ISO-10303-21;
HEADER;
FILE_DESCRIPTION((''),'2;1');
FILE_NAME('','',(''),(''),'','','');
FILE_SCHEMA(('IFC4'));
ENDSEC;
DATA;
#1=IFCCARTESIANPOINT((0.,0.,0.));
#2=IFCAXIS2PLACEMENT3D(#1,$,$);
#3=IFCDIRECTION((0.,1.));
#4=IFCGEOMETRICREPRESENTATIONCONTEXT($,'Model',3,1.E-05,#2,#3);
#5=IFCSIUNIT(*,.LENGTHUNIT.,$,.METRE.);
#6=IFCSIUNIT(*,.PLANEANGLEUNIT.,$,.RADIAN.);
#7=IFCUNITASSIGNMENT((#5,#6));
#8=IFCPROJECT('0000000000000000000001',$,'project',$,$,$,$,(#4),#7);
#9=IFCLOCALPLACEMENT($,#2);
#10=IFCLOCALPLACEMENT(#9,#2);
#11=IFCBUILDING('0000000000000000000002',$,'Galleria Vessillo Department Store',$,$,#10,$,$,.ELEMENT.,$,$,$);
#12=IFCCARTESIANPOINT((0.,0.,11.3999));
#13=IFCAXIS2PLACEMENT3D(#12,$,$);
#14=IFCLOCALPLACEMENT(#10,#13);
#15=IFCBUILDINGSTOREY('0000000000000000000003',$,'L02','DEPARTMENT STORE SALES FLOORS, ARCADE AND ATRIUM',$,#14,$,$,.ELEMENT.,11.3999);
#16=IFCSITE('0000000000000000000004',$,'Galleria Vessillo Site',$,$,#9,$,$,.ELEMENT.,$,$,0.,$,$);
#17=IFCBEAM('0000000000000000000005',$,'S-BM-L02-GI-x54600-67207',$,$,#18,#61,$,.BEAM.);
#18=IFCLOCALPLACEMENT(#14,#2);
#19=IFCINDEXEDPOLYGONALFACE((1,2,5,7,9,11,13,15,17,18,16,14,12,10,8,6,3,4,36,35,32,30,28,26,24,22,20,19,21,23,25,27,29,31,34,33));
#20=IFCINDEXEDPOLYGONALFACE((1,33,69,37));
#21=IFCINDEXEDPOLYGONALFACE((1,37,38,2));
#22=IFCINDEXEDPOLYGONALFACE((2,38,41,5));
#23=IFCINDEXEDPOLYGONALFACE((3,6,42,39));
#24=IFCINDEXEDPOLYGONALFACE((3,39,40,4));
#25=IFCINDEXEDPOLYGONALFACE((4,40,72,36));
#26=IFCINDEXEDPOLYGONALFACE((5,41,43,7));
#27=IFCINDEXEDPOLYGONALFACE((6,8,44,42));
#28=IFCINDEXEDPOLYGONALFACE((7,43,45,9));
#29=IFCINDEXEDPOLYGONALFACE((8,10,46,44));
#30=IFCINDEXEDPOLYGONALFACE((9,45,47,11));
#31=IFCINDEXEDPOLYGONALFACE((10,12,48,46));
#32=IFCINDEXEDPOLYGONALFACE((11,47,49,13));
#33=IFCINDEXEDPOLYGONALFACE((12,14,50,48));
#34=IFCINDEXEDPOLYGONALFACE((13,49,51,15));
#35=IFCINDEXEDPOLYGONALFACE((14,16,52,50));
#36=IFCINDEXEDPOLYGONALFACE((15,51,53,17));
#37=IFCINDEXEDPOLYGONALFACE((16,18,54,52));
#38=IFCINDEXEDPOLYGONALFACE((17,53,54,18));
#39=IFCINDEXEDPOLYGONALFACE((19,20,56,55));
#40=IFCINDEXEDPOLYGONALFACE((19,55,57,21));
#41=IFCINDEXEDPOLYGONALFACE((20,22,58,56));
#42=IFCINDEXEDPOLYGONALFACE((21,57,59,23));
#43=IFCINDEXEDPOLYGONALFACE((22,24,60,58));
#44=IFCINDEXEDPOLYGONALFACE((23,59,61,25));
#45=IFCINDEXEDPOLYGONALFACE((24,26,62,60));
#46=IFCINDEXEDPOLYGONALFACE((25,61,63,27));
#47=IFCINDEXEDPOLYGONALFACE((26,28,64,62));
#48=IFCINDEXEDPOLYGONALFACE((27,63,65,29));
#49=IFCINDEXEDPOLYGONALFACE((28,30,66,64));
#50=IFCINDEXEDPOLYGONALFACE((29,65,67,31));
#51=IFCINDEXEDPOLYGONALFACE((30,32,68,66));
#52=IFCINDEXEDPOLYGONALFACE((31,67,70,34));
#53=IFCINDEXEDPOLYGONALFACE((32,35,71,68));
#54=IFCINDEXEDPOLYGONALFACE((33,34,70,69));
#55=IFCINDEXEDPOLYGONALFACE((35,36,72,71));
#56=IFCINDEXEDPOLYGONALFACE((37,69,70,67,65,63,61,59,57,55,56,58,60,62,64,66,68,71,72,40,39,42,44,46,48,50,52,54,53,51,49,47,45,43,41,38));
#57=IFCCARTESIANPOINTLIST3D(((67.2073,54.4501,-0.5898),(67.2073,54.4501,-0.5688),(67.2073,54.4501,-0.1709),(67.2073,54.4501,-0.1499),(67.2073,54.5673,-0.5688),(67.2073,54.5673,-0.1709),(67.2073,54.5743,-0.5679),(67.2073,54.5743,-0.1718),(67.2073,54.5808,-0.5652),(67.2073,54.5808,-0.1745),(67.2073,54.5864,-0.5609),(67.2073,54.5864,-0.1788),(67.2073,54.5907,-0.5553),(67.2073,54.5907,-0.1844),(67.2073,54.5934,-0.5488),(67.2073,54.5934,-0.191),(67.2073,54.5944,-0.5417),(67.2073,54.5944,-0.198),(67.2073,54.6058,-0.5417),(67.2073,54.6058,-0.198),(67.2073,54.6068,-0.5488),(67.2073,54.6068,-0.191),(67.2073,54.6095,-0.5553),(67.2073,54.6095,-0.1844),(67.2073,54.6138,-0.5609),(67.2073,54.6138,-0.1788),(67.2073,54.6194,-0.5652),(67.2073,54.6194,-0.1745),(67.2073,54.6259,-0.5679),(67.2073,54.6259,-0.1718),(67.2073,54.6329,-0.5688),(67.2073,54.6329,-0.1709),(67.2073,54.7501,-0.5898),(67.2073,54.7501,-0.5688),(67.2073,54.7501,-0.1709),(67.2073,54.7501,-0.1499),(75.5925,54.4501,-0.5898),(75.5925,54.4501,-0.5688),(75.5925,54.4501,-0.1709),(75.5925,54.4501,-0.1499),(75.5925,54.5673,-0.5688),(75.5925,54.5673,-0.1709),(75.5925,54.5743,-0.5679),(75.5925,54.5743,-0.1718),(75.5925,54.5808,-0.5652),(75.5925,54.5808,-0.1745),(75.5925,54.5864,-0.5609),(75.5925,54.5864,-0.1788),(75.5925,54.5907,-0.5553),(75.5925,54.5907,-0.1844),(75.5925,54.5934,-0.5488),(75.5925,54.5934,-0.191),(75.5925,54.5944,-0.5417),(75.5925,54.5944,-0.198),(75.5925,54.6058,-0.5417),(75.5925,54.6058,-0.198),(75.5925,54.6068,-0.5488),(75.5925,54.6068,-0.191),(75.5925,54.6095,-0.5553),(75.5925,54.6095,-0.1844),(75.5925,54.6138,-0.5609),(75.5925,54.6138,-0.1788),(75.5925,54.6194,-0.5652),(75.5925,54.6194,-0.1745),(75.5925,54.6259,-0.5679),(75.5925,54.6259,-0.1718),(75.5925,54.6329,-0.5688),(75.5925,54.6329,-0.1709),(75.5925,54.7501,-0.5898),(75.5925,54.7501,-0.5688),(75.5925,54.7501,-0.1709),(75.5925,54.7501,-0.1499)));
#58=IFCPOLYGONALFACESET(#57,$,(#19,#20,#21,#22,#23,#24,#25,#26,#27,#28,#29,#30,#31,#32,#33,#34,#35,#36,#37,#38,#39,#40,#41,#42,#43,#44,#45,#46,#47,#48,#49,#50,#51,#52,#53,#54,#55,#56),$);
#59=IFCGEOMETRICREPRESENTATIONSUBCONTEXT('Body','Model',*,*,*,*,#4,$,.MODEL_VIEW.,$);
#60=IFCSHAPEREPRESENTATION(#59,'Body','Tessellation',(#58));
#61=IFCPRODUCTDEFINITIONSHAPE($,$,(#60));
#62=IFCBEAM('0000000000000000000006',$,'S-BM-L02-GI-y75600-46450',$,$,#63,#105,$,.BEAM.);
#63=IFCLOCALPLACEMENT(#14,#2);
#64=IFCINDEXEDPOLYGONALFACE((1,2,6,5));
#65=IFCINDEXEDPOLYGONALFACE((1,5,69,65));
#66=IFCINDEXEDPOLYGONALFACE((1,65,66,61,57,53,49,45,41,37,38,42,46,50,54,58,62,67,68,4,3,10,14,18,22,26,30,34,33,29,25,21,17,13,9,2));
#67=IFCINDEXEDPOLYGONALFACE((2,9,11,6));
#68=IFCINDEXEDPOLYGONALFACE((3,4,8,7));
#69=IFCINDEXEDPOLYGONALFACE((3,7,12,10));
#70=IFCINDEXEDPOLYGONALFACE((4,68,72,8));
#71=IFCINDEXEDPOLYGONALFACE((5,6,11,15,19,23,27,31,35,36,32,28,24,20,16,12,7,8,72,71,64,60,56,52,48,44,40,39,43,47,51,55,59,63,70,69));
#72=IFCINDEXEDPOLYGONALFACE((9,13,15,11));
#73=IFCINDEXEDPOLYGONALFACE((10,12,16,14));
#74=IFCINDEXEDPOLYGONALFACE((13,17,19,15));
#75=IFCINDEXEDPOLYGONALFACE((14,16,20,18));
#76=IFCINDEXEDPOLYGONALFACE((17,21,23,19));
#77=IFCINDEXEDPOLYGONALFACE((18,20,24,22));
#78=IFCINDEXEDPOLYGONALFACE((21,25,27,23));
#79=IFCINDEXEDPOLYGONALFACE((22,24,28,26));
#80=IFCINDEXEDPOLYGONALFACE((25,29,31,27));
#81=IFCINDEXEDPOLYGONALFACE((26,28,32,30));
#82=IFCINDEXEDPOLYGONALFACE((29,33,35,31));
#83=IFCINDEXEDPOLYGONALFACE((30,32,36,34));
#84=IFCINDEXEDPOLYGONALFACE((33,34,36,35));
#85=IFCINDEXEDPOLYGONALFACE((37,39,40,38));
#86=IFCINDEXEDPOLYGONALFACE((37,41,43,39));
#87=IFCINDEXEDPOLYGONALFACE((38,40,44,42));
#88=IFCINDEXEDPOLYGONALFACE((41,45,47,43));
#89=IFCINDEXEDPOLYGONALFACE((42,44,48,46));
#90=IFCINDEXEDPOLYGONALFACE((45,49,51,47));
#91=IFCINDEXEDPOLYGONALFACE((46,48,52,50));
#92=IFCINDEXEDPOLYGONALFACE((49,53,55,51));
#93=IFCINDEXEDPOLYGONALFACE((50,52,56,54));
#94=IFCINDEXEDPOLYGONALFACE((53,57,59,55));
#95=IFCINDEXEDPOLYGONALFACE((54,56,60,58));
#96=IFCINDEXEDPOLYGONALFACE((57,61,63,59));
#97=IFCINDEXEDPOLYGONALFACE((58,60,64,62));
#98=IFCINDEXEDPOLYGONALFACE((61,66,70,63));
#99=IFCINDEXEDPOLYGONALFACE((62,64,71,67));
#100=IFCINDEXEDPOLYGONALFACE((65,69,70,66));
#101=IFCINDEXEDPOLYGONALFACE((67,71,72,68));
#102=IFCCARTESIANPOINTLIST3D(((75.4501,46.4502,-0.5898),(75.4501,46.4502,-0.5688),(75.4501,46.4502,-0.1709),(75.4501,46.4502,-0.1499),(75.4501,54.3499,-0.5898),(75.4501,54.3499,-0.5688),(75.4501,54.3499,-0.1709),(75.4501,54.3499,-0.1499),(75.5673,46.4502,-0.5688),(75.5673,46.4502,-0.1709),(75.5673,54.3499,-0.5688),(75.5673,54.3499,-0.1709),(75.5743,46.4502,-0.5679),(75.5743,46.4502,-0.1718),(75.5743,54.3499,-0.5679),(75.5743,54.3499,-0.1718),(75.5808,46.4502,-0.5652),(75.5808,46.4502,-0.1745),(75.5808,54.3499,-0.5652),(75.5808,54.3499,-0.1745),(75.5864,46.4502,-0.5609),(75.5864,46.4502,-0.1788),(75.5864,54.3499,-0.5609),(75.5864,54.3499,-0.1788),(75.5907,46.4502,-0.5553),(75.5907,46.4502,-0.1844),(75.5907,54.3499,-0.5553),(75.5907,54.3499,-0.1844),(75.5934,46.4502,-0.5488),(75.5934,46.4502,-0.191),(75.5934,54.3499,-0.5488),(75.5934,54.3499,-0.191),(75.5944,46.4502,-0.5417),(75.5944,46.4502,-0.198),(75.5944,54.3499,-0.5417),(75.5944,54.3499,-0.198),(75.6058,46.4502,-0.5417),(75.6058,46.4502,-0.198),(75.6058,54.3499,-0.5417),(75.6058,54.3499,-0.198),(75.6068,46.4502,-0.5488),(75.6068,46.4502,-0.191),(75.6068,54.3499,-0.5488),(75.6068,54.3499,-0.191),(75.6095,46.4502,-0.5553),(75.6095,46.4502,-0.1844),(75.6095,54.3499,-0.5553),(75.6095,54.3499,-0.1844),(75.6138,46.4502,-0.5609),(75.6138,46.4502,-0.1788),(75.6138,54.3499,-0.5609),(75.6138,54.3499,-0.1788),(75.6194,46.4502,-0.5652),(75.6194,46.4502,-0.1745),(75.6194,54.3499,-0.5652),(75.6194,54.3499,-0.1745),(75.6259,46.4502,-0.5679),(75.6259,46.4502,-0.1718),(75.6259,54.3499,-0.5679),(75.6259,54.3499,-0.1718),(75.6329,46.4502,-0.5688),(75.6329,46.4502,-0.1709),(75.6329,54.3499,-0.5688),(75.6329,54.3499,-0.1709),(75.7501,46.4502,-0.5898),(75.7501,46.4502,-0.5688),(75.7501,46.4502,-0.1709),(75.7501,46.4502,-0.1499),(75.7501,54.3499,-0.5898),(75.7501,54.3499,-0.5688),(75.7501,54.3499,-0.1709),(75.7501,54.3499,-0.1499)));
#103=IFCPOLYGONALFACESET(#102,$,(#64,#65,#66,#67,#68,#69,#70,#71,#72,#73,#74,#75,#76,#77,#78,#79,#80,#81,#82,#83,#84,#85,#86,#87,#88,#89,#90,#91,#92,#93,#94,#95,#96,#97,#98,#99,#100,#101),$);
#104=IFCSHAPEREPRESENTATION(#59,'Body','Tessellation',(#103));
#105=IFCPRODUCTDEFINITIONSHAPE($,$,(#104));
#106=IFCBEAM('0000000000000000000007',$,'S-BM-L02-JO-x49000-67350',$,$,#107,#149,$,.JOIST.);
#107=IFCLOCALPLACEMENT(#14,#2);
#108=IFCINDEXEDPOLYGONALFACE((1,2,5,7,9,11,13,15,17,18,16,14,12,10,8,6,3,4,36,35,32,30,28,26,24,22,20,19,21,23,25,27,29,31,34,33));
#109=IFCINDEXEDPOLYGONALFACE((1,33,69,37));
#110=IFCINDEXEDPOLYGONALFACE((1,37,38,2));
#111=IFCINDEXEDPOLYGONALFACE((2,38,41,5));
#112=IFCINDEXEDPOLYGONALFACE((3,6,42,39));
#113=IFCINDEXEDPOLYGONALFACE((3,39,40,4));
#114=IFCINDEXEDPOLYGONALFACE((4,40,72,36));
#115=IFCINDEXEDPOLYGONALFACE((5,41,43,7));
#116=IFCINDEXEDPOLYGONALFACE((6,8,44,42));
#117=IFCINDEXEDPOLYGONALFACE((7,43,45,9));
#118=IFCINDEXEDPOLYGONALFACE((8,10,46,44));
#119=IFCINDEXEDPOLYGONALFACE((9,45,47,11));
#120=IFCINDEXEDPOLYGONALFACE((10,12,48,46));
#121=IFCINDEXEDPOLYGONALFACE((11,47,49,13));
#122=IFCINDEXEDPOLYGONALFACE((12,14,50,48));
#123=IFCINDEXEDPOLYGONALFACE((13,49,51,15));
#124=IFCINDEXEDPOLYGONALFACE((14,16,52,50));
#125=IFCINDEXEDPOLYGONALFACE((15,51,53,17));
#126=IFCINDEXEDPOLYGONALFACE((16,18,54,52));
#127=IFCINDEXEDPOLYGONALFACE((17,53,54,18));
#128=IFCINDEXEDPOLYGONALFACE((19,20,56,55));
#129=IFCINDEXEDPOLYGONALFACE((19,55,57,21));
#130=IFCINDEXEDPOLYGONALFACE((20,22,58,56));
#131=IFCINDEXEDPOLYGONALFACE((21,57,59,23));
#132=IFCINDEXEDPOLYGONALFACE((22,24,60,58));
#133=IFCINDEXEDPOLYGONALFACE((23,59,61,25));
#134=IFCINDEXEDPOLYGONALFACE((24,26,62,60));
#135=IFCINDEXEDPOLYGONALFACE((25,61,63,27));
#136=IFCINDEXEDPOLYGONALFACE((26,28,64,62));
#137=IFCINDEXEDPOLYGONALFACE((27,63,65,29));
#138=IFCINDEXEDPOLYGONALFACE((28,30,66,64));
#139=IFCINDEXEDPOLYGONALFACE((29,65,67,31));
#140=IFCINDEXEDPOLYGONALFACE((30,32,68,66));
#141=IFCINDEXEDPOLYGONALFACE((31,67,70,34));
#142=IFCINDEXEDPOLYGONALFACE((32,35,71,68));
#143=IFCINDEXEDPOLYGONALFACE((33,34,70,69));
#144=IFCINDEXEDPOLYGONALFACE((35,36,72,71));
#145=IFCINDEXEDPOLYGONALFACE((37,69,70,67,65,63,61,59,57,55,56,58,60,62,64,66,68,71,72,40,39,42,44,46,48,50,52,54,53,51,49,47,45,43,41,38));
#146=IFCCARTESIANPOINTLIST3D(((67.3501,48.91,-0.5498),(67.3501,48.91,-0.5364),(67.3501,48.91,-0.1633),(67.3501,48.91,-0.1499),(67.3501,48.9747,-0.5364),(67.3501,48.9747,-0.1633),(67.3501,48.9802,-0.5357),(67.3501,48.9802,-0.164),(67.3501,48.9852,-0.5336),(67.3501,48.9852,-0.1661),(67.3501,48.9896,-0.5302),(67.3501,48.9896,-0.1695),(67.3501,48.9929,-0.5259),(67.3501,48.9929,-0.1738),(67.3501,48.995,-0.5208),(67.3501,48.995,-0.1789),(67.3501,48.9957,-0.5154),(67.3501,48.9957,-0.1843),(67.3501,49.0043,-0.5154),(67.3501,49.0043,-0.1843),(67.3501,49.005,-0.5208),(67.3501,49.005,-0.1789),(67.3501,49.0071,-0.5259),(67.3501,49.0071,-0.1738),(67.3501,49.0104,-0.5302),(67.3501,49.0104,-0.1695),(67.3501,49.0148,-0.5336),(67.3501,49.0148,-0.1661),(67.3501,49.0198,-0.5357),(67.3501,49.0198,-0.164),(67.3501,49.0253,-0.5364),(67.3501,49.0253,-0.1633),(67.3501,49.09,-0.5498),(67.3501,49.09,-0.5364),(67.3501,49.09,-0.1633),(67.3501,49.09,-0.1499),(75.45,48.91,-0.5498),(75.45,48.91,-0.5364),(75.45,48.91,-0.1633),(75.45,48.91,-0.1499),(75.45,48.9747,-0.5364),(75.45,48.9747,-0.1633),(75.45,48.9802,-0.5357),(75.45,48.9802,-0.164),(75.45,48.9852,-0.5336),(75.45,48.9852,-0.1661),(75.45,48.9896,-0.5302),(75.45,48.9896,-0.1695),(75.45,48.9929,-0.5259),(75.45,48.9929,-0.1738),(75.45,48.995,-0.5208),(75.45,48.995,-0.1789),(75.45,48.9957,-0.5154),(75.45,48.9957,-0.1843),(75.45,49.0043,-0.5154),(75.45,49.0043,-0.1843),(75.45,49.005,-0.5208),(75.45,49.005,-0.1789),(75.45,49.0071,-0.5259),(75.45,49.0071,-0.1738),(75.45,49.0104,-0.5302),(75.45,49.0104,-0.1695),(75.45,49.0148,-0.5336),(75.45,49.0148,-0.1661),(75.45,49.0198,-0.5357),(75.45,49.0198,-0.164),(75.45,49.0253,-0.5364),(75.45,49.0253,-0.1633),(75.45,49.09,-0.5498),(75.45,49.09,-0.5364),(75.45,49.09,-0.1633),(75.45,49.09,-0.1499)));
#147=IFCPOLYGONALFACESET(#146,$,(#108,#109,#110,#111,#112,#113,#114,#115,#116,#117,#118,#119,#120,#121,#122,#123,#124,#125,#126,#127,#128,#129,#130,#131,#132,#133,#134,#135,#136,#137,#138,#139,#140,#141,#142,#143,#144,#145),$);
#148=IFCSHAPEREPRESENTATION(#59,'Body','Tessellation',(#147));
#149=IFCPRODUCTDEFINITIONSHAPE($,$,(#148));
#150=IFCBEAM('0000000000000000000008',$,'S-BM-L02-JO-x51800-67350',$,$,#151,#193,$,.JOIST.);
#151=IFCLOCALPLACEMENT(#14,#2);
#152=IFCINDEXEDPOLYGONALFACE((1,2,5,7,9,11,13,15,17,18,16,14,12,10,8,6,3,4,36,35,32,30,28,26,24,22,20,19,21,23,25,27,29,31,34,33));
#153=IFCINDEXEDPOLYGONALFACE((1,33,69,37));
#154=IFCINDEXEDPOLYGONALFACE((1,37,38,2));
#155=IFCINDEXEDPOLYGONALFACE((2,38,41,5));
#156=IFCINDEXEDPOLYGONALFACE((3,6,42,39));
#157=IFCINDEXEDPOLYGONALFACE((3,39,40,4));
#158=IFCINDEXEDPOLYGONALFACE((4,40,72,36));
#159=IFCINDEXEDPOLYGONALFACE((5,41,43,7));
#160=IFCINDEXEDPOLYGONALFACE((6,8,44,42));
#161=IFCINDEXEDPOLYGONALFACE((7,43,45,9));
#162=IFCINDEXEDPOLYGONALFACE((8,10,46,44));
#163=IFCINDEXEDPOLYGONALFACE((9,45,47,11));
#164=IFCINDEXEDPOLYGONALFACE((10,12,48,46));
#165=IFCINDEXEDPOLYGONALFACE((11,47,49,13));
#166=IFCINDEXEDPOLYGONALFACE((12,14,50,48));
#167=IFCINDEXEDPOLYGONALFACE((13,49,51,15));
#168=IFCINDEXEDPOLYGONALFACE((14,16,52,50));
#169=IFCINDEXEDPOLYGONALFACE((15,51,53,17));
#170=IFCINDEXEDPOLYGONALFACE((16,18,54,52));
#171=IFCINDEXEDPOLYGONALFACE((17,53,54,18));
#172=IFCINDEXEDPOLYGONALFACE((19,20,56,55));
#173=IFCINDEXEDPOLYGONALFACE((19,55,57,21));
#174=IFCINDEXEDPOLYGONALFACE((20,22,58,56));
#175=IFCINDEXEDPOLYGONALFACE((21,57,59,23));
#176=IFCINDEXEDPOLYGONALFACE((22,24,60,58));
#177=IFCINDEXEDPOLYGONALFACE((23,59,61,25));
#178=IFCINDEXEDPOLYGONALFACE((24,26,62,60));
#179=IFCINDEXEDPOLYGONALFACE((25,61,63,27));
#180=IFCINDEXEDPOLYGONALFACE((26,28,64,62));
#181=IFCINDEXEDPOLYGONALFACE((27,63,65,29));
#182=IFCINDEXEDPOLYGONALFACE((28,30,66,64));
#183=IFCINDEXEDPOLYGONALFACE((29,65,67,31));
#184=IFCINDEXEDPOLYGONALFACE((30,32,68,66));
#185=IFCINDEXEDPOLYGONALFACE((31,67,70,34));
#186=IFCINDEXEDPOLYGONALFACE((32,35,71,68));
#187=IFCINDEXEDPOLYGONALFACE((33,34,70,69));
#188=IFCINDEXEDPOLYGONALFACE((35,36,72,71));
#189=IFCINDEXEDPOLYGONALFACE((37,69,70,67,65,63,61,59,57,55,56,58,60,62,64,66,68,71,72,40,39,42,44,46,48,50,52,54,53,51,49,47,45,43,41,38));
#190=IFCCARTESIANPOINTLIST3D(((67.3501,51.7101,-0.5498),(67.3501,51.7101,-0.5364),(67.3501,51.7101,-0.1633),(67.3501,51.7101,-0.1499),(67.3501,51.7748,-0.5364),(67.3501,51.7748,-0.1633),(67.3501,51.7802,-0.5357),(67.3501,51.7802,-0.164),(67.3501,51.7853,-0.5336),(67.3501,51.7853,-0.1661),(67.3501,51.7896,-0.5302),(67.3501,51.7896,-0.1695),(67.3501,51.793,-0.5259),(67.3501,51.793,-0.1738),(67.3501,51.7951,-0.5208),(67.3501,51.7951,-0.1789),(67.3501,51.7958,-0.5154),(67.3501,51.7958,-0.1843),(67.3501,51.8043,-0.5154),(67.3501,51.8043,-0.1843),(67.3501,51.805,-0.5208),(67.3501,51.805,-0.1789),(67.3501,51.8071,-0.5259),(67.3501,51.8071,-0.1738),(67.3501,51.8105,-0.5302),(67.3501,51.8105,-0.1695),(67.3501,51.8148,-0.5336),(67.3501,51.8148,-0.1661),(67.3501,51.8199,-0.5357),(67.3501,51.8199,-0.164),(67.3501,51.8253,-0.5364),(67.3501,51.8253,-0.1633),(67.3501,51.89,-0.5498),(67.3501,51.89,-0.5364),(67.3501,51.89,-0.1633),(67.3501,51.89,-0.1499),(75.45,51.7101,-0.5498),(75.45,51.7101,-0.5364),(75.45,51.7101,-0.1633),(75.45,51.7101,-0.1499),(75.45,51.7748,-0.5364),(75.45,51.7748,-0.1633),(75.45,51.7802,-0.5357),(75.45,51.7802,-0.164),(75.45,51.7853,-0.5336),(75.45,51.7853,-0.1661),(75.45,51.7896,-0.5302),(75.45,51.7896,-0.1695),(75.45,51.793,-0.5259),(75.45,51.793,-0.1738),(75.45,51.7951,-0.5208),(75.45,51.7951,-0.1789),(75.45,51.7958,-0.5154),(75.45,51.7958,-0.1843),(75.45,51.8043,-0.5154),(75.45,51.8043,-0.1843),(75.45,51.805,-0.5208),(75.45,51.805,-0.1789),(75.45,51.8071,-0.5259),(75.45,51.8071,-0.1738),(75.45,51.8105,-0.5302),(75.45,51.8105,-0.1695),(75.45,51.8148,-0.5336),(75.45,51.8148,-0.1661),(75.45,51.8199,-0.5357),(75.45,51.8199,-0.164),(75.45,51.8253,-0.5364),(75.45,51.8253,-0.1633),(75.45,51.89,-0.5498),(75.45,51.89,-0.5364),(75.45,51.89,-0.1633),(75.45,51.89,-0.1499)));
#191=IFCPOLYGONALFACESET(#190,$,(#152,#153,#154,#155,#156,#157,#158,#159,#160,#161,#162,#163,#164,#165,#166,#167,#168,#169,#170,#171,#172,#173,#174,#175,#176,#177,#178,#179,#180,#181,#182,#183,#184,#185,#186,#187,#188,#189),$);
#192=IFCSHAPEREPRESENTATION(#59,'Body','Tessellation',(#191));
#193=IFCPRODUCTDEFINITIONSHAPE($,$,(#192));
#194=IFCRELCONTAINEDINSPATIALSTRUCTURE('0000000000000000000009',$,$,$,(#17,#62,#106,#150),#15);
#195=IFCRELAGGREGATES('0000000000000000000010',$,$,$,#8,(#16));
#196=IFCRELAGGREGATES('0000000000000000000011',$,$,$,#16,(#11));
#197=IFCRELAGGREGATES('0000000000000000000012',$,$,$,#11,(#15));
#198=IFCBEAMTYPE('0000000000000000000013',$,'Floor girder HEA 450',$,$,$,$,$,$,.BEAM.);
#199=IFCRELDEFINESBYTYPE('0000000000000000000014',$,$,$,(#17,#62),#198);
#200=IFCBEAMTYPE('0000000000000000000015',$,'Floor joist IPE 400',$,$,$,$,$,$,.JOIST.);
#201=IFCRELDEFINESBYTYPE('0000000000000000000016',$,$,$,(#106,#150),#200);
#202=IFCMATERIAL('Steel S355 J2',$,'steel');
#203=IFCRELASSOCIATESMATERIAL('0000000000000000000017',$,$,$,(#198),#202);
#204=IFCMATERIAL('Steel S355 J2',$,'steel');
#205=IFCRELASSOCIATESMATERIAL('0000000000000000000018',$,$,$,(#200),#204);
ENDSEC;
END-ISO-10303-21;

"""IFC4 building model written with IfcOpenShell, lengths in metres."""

from ifc_helpers import new_model, si_unit, direction, frame, origin, origin_2d, place, context, subcontext, project, spatial, i_section, extrude, material, material_profile, profile_set, type_object, element, save


model = new_model("IFC4")

# Units and contexts
model_context = context("Model", 3, precision=1e-05, world=origin(), true_north=direction((0.0, 1.0)))
body_context = subcontext(model_context, "Body", "Model", "MODEL_VIEW")
ifc_project = project(units=[si_unit("LENGTHUNIT", "METRE"), si_unit("PLANEANGLEUNIT", "RADIAN")], contexts=[model_context])

# Site, building, storey
site_placement = place(None, origin())
site = spatial("IfcSite", under=ifc_project, at=site_placement, Name="Galleria Vessillo Site", CompositionType="ELEMENT", RefElevation=0.0)
building_placement = place(site_placement, origin())
building = spatial("IfcBuilding", under=site, at=building_placement, Name="Galleria Vessillo Department Store", CompositionType="ELEMENT")
storey_placement = place(building_placement, frame((0.0, 0.0, 11.3999)))
storey = spatial("IfcBuildingStorey", under=building, at=storey_placement, Name="L02", Description="DEPARTMENT STORE SALES FLOORS, ARCADE AND ATRIUM", CompositionType="ELEMENT", Elevation=11.3999)

# Beams
ifc_material_1 = material(Name="Steel S355 J2", Category="steel")
ifc_material_profile_1 = material_profile(ifc_material_1, i_section(OverallWidth=0.3, OverallDepth=0.4399, WebThickness=0.0115, FlangeThickness=0.021, FilletRadius=0.0271, at=origin_2d()), Name="HEA 450")
ifc_profile_set_1 = profile_set([ifc_material_profile_1], Name="Steel S355 J2")
beam_type_1 = type_object("IfcBeamType", Name="Floor girder HEA 450", PredefinedType="BEAM", material=ifc_profile_set_1)
beam_1_placement = place(storey_placement, frame((67.2073, 54.6001, -0.3699), z_axis=(1.0, 0.0, 0.0), x_axis=(0.0, 1.0, 0.0)))
element("IfcBeam", 1, at=beam_1_placement, inside=storey, type_object=beam_type_1, Name="S-BM-L02-GI-x54600-67207", PredefinedType="BEAM", context=body_context, shape_type="SweptSolid", body=[
    extrude(i_section(OverallWidth=0.3, OverallDepth=0.4399, WebThickness=0.0115, FlangeThickness=0.021, FilletRadius=0.0271, at=origin_2d()), origin(), (0.0, 0.0, 1.0), 8.3853),
])
beam_2_placement = place(storey_placement, frame((75.6001, 46.4502, -0.3699), z_axis=(0.0, 1.0, 0.0), x_axis=(-1.0, 0.0, 0.0)))
element("IfcBeam", 2, at=beam_2_placement, inside=storey, type_object=beam_type_1, Name="S-BM-L02-GI-y75600-46450", PredefinedType="BEAM", context=body_context, shape_type="SweptSolid", body=[
    extrude(i_section(OverallWidth=0.3, OverallDepth=0.4399, WebThickness=0.0115, FlangeThickness=0.021, FilletRadius=0.0271, at=origin_2d()), origin(), (0.0, 0.0, 1.0), 7.8997),
])
ifc_material_2 = material(Name="Steel S355 J2", Category="steel")
ifc_material_profile_2 = material_profile(ifc_material_2, i_section(OverallWidth=0.1799, OverallDepth=0.3999, WebThickness=0.0085, FlangeThickness=0.0134, FilletRadius=0.021, at=origin_2d()), Name="IPE 400")
ifc_profile_set_2 = profile_set([ifc_material_profile_2], Name="Steel S355 J2")
beam_type_2 = type_object("IfcBeamType", Name="Floor joist IPE 400", PredefinedType="JOIST", material=ifc_profile_set_2)
for number, where, z_axis, x_axis, name in (
    (3, (67.3501, 49.0, -0.3499), (1.0, 0.0, 0.0), (0.0, 1.0, 0.0), "S-BM-L02-JO-x49000-67350"),
    (4, (67.3501, 51.8, -0.3499), (1.0, 0.0, 0.0), (0.0, 1.0, 0.0), "S-BM-L02-JO-x51800-67350"),
):
    element("IfcBeam", number, at=place(storey_placement, frame(where, z_axis=z_axis, x_axis=x_axis)), inside=storey, type_object=beam_type_2, Name=name, PredefinedType="JOIST", context=body_context, shape_type="SweptSolid", body=[
        extrude(i_section(OverallWidth=0.1799, OverallDepth=0.3999, WebThickness=0.0085, FlangeThickness=0.0134, FilletRadius=0.021, at=origin_2d()), origin(), (0.0, 0.0, 1.0), 8.0999),
    ])

save(model, "model.ifc")
